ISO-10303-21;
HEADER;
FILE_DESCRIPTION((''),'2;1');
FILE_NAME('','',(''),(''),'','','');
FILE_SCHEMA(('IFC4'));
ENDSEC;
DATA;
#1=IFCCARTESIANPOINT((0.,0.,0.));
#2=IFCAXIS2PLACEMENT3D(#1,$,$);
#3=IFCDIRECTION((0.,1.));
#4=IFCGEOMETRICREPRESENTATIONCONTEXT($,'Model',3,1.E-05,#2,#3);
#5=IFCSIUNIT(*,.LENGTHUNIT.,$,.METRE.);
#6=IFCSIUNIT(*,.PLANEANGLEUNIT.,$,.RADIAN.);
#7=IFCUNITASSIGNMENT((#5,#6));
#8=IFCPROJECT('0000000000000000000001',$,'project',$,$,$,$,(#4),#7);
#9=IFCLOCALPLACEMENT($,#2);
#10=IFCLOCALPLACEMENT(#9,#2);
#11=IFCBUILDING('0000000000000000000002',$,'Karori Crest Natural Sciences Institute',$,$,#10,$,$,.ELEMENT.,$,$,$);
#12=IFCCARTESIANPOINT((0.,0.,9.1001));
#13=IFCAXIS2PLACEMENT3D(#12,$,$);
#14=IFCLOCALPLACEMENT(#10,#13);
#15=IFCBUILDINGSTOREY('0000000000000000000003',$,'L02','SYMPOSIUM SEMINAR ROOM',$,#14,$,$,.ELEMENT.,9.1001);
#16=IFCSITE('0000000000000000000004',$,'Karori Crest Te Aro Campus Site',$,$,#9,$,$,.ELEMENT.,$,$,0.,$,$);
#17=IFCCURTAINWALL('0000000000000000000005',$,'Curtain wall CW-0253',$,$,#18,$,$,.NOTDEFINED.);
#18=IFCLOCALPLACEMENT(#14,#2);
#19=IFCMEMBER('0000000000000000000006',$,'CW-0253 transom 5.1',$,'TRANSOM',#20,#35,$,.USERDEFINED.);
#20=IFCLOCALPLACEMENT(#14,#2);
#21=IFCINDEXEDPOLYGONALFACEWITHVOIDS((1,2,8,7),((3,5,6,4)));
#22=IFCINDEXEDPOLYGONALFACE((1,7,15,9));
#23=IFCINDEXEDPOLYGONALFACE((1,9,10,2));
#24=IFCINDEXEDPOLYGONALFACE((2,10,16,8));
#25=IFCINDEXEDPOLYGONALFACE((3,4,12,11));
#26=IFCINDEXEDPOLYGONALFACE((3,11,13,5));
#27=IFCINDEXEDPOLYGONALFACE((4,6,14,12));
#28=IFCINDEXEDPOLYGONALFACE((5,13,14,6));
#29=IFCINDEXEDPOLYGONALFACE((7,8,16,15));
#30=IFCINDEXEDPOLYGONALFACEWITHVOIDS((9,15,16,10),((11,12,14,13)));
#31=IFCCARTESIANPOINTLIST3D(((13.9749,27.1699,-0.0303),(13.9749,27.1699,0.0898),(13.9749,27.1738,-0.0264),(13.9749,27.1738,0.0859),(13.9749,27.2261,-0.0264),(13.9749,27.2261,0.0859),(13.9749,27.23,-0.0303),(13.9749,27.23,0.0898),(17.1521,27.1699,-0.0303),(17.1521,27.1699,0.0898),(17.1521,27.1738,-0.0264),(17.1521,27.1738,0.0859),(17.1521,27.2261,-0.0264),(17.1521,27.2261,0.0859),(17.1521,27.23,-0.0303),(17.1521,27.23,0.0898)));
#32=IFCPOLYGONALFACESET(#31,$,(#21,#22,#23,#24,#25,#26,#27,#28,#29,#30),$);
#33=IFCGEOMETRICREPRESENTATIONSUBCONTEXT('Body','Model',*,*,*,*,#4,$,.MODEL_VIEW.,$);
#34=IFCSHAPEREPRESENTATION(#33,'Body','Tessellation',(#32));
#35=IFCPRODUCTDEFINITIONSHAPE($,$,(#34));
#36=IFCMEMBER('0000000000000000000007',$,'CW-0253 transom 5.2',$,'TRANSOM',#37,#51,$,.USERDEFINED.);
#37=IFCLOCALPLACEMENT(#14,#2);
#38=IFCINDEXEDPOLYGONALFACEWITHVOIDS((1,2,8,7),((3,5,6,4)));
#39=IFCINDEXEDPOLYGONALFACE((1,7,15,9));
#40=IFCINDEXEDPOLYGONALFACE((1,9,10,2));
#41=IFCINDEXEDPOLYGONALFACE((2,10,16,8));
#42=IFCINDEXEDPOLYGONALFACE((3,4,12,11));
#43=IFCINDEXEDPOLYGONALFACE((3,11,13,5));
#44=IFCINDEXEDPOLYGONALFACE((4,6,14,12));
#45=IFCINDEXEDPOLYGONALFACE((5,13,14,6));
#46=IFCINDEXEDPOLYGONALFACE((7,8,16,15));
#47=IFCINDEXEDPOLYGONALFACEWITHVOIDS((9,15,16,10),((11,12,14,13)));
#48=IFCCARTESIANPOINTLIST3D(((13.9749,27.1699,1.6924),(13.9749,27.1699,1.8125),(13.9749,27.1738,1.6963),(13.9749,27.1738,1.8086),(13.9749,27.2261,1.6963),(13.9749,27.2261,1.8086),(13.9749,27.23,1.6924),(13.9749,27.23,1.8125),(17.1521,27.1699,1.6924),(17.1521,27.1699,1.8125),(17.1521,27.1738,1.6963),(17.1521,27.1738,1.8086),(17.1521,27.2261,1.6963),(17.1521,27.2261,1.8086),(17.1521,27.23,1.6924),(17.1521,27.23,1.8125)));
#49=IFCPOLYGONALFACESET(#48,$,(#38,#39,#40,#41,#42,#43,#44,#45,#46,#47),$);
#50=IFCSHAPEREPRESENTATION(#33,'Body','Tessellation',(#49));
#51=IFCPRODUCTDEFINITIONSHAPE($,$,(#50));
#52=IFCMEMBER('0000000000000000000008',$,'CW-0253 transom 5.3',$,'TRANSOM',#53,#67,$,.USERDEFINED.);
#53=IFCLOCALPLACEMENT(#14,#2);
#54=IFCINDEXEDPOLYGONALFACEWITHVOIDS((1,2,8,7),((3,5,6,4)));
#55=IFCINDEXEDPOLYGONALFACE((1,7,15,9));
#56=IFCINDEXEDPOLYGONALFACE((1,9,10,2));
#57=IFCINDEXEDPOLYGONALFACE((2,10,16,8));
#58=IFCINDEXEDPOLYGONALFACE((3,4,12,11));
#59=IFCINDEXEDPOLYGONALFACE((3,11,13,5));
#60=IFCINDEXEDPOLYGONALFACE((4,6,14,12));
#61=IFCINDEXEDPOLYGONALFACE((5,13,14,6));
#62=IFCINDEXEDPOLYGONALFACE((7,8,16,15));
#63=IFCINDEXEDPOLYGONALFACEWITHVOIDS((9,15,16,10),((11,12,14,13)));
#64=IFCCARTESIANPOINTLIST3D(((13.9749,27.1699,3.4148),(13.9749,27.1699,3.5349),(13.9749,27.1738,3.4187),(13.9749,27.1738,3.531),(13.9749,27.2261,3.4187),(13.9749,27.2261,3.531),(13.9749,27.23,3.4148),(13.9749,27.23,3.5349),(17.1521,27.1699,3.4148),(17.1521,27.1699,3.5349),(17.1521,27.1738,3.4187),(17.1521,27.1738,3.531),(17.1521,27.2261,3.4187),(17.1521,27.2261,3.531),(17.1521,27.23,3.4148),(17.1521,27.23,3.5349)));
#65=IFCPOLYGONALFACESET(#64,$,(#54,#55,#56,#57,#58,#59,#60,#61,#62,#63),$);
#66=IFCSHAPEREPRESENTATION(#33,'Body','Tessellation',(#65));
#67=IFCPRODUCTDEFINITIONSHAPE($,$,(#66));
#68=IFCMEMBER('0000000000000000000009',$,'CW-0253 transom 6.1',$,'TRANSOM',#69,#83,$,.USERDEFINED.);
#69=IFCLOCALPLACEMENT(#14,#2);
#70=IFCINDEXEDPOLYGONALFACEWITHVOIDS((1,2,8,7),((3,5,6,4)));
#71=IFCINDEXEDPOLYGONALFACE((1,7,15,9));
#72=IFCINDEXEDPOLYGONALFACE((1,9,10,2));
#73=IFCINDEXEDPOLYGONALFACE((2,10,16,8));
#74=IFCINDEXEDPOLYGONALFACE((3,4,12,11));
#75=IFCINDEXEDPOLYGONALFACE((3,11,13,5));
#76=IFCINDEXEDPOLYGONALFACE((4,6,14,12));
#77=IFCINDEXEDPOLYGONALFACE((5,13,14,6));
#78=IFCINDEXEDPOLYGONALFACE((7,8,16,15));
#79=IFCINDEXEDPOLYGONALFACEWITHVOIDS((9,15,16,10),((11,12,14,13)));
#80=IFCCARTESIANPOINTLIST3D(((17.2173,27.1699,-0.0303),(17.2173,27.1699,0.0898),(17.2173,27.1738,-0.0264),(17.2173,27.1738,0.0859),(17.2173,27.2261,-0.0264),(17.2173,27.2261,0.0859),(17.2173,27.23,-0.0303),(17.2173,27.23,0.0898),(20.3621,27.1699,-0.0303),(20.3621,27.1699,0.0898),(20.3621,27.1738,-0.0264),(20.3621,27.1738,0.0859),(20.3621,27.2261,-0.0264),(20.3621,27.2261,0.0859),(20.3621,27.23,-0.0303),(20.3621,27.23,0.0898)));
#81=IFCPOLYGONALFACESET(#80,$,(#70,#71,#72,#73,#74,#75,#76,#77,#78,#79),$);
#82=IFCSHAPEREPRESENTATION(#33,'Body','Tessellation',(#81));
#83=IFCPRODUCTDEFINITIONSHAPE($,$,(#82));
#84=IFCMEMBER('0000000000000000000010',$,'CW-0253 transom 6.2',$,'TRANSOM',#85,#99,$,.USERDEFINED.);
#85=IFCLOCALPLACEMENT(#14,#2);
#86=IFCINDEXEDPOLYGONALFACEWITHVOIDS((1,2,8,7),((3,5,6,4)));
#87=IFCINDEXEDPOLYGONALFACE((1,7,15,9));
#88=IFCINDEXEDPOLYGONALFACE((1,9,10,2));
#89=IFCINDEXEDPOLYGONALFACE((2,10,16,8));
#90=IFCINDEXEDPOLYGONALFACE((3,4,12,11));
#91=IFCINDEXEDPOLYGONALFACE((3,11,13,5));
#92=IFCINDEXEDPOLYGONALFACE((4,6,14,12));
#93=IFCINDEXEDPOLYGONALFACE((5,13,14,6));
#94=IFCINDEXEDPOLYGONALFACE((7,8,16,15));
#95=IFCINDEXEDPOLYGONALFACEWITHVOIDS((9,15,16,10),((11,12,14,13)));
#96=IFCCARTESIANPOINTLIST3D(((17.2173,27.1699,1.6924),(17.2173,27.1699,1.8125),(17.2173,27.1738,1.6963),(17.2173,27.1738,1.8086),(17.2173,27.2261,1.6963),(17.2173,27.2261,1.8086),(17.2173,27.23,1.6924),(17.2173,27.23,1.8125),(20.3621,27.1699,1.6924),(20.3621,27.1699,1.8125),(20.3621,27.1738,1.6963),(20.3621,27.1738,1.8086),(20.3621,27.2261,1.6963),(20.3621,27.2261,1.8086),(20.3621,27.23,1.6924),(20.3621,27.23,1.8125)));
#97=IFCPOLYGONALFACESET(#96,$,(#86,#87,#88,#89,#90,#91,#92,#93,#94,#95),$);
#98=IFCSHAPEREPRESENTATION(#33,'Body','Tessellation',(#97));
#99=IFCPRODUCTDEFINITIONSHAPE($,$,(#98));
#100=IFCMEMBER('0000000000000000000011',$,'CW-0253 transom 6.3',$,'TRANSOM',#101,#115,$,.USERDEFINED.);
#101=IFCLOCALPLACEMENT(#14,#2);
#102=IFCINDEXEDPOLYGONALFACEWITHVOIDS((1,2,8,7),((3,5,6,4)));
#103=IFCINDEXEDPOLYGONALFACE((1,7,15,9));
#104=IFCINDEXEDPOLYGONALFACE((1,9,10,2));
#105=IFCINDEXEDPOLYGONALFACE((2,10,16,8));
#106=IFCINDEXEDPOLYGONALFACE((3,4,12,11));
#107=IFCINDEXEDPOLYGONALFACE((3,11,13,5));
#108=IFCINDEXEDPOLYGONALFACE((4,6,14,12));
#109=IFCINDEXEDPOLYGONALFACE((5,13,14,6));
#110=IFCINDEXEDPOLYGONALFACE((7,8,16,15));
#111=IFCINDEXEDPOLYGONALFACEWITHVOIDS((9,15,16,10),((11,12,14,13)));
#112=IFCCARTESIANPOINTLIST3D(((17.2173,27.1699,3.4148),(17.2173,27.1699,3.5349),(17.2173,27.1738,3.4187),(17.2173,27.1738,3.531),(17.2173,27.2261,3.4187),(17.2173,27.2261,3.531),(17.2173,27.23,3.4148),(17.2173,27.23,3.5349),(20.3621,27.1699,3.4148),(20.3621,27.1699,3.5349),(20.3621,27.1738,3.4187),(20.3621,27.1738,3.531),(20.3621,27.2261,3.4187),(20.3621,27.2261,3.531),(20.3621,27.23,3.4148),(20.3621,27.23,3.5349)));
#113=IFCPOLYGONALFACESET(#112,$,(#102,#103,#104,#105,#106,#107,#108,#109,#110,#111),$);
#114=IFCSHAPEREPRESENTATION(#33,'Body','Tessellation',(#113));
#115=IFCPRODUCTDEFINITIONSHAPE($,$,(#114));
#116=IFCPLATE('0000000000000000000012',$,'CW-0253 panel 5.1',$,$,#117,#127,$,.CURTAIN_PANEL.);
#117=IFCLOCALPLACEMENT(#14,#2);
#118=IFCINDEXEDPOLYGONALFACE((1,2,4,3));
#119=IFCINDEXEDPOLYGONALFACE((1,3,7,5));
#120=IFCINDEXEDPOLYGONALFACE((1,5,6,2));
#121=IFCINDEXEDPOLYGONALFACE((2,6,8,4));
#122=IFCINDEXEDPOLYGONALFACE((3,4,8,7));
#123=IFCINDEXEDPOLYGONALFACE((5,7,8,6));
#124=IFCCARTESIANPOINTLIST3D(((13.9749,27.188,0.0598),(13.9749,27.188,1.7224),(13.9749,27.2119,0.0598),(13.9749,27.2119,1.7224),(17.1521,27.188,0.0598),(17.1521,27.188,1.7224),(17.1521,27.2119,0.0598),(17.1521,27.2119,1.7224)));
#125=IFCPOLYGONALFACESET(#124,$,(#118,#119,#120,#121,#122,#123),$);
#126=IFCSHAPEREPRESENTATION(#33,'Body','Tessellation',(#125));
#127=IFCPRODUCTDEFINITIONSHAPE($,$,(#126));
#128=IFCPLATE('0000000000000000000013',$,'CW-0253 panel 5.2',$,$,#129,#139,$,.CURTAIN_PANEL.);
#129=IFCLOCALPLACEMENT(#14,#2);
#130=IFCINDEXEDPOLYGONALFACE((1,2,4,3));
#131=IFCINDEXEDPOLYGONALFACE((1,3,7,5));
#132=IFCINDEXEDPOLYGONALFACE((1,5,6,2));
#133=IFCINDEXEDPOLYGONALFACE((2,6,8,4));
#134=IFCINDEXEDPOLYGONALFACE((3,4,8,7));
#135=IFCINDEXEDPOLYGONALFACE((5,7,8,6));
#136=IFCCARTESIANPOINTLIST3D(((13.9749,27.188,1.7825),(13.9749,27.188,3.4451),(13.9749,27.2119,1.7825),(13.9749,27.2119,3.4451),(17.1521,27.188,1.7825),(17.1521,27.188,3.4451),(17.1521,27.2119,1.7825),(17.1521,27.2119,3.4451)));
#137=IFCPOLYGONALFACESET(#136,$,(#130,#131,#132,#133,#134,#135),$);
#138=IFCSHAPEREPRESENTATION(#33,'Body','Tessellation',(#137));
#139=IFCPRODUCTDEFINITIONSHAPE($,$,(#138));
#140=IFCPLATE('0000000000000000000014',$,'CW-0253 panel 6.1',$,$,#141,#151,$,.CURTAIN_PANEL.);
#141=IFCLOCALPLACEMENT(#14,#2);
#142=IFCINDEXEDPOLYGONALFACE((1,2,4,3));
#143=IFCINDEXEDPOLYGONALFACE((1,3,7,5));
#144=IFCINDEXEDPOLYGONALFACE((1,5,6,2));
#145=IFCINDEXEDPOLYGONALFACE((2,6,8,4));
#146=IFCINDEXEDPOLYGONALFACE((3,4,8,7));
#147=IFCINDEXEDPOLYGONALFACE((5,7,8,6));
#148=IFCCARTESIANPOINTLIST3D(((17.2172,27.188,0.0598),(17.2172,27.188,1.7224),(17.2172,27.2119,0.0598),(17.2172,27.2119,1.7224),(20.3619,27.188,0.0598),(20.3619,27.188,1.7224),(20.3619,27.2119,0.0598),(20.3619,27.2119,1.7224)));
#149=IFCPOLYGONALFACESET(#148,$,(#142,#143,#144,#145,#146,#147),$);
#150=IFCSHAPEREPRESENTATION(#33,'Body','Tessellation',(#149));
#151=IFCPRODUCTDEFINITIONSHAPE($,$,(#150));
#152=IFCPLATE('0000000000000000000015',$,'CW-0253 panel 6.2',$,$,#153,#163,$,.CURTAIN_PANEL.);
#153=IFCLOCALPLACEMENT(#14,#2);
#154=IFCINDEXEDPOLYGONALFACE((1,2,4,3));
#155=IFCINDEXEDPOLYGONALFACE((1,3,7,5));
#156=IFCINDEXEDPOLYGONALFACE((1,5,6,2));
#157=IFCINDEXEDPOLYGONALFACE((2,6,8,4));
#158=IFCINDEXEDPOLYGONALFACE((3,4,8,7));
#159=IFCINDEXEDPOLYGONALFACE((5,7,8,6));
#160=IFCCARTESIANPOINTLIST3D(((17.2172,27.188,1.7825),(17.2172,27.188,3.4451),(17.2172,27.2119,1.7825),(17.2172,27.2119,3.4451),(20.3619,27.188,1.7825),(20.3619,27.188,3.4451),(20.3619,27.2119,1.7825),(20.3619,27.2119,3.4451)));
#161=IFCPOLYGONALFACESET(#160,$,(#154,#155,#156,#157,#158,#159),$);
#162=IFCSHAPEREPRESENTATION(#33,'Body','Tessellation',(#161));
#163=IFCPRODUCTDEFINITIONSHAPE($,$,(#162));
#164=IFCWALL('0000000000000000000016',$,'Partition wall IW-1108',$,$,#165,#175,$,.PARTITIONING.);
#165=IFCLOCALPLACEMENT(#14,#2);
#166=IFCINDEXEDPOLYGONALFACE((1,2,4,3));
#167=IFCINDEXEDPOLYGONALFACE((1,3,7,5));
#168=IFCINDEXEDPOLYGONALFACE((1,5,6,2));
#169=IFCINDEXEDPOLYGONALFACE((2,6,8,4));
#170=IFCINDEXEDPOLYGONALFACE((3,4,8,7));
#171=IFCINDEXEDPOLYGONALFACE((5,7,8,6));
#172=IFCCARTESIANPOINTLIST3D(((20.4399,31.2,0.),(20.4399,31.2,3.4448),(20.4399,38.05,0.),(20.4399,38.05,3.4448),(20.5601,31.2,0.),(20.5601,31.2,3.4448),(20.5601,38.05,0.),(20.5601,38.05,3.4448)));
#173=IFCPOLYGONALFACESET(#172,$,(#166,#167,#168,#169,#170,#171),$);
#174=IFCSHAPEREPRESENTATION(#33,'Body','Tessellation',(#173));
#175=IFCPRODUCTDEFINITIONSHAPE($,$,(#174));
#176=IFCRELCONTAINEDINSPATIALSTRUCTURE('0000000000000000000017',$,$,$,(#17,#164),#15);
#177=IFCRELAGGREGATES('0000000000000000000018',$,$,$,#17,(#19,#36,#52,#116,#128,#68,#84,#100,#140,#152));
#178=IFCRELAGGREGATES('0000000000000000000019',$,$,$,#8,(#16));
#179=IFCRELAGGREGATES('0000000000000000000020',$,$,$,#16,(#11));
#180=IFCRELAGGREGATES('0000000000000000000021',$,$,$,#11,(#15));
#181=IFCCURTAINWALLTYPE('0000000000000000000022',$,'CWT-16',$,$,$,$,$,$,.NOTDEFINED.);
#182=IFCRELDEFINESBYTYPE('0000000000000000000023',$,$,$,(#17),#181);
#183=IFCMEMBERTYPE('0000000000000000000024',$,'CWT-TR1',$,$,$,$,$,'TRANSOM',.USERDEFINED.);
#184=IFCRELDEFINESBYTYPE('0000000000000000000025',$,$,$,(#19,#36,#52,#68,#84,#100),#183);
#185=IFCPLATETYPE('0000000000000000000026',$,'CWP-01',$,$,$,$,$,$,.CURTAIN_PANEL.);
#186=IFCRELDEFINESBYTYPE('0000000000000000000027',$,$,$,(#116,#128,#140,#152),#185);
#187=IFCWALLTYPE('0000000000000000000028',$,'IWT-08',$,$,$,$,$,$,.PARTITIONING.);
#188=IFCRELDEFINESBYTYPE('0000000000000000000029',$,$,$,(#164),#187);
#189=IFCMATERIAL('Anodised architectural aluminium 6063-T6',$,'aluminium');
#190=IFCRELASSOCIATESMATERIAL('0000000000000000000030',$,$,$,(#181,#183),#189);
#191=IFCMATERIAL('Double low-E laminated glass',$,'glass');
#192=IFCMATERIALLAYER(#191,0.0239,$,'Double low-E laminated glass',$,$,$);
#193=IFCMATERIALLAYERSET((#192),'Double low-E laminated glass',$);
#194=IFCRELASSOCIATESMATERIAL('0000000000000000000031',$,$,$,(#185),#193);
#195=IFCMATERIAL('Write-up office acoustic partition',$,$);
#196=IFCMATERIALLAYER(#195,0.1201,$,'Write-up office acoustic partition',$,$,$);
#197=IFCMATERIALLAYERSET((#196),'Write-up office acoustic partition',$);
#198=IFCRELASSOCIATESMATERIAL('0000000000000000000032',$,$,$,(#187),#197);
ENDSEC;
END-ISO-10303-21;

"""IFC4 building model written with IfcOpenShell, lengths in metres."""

from ifc_helpers import new_model, si_unit, direction, frame, frame_2d, origin, origin_2d, place, context, subcontext, project, spatial, rectangle, hollow_rectangle, extrude, material, layer, layer_set, material_profile, profile_set, type_object, element, aggregate, save


model = new_model("IFC4")

# Units and contexts
model_context = context("Model", 3, precision=1e-05, world=origin(), true_north=direction((0.0, 1.0)))
body_context = subcontext(model_context, "Body", "Model", "MODEL_VIEW")
ifc_project = project(units=[si_unit("LENGTHUNIT", "METRE"), si_unit("PLANEANGLEUNIT", "RADIAN")], contexts=[model_context])

# Site, building, storey
site_placement = place(None, origin())
site = spatial("IfcSite", under=ifc_project, at=site_placement, Name="Karori Crest Te Aro Campus Site", CompositionType="ELEMENT", RefElevation=0.0)
building_placement = place(site_placement, origin())
building = spatial("IfcBuilding", under=site, at=building_placement, Name="Karori Crest Natural Sciences Institute", CompositionType="ELEMENT")
storey_placement = place(building_placement, frame((0.0, 0.0, 9.1001)))
storey = spatial("IfcBuildingStorey", under=building, at=storey_placement, Name="L02", Description="SYMPOSIUM SEMINAR ROOM", CompositionType="ELEMENT", Elevation=9.1001)

# Curtain wall, members, plates
ifc_material_1 = material(Name="Anodised architectural aluminium 6063-T6", Category="aluminium")
curtain_wall_type = type_object("IfcCurtainWallType", Name="CWT-16", PredefinedType="NOTDEFINED", material=ifc_material_1)
curtain_wall_placement = place(storey_placement, origin())
curtain_wall = element("IfcCurtainWall", 1, at=curtain_wall_placement, inside=storey, type_object=curtain_wall_type, Name="Curtain wall CW-0253", PredefinedType="NOTDEFINED")
ifc_material_profile_1 = material_profile(ifc_material_1, hollow_rectangle(XDim=0.0601, YDim=0.1201, WallThickness=0.0039, at=origin_2d()), Name="CWT120x60x4")
ifc_profile_set_1 = profile_set([ifc_material_profile_1], Name="Anodised architectural aluminium 6063-T6")
member_type_1 = type_object("IfcMemberType", Name="CWT-TR1", ElementType="TRANSOM", PredefinedType="USERDEFINED", material=ifc_profile_set_1)
member_1_placement = place(storey_placement, frame((13.9749, 27.2, 0.0298), z_axis=(1.0, 0.0, 0.0), x_axis=(0.0, 1.0, 0.0)))
member_1 = element("IfcMember", 2, at=member_1_placement, type_object=member_type_1, Name="CW-0253 transom 5.1", ObjectType="TRANSOM", PredefinedType="USERDEFINED", context=body_context, shape_type="SweptSolid", body=[
    extrude(hollow_rectangle(XDim=0.0601, YDim=0.1201, WallThickness=0.0039, at=origin_2d()), origin(), (0.0, 0.0, 1.0), 3.1772),
])
member_2_placement = place(storey_placement, frame((13.9749, 27.2, 1.7524), z_axis=(1.0, 0.0, 0.0), x_axis=(0.0, 1.0, 0.0)))
member_2 = element("IfcMember", 3, at=member_2_placement, type_object=member_type_1, Name="CW-0253 transom 5.2", ObjectType="TRANSOM", PredefinedType="USERDEFINED", context=body_context, shape_type="SweptSolid", body=[
    extrude(hollow_rectangle(XDim=0.0601, YDim=0.1201, WallThickness=0.0039, at=origin_2d()), origin(), (0.0, 0.0, 1.0), 3.1772),
])
member_3_placement = place(storey_placement, frame((13.9749, 27.2, 3.4749), z_axis=(1.0, 0.0, 0.0), x_axis=(0.0, 1.0, 0.0)))
member_3 = element("IfcMember", 4, at=member_3_placement, type_object=member_type_1, Name="CW-0253 transom 5.3", ObjectType="TRANSOM", PredefinedType="USERDEFINED", context=body_context, shape_type="SweptSolid", body=[
    extrude(hollow_rectangle(XDim=0.0601, YDim=0.1201, WallThickness=0.0039, at=origin_2d()), origin(), (0.0, 0.0, 1.0), 3.1772),
])
member_4_placement = place(storey_placement, frame((17.2173, 27.2, 0.0298), z_axis=(1.0, 0.0, 0.0), x_axis=(0.0, 1.0, 0.0)))
member_4 = element("IfcMember", 5, at=member_4_placement, type_object=member_type_1, Name="CW-0253 transom 6.1", ObjectType="TRANSOM", PredefinedType="USERDEFINED", context=body_context, shape_type="SweptSolid", body=[
    extrude(hollow_rectangle(XDim=0.0601, YDim=0.1201, WallThickness=0.0039, at=origin_2d()), origin(), (0.0, 0.0, 1.0), 3.1448),
])
member_5_placement = place(storey_placement, frame((17.2173, 27.2, 1.7524), z_axis=(1.0, 0.0, 0.0), x_axis=(0.0, 1.0, 0.0)))
member_5 = element("IfcMember", 6, at=member_5_placement, type_object=member_type_1, Name="CW-0253 transom 6.2", ObjectType="TRANSOM", PredefinedType="USERDEFINED", context=body_context, shape_type="SweptSolid", body=[
    extrude(hollow_rectangle(XDim=0.0601, YDim=0.1201, WallThickness=0.0039, at=origin_2d()), origin(), (0.0, 0.0, 1.0), 3.1448),
])
member_6_placement = place(storey_placement, frame((17.2173, 27.2, 3.4749), z_axis=(1.0, 0.0, 0.0), x_axis=(0.0, 1.0, 0.0)))
member_6 = element("IfcMember", 7, at=member_6_placement, type_object=member_type_1, Name="CW-0253 transom 6.3", ObjectType="TRANSOM", PredefinedType="USERDEFINED", context=body_context, shape_type="SweptSolid", body=[
    extrude(hollow_rectangle(XDim=0.0601, YDim=0.1201, WallThickness=0.0039, at=origin_2d()), origin(), (0.0, 0.0, 1.0), 3.1448),
])
ifc_material_2 = material(Name="Double low-E laminated glass", Category="glass")
ifc_layer_1 = layer(ifc_material_2, 0.0239, Name="Double low-E laminated glass")
ifc_layer_set_1 = layer_set([ifc_layer_1], Name="Double low-E laminated glass")
plate_type = type_object("IfcPlateType", Name="CWP-01", PredefinedType="CURTAIN_PANEL", material=ifc_layer_set_1)
plate_1_placement = place(storey_placement, frame((15.5635, 27.2, 0.0598), z_axis=(0.0, 0.0, 1.0), x_axis=(1.0, 0.0, 0.0)))
plate_1 = element("IfcPlate", 8, at=plate_1_placement, type_object=plate_type, Name="CW-0253 panel 5.1", PredefinedType="CURTAIN_PANEL", context=body_context, shape_type="SweptSolid", body=[
    extrude(rectangle(XDim=3.1772, YDim=0.0239, at=origin_2d()), origin(), (0.0, 0.0, 1.0), 1.6626),
])
plate_2_placement = place(storey_placement, frame((15.5635, 27.2, 1.7825), z_axis=(0.0, 0.0, 1.0), x_axis=(1.0, 0.0, 0.0)))
plate_2 = element("IfcPlate", 9, at=plate_2_placement, type_object=plate_type, Name="CW-0253 panel 5.2", PredefinedType="CURTAIN_PANEL", context=body_context, shape_type="SweptSolid", body=[
    extrude(rectangle(XDim=3.1772, YDim=0.0239, at=origin_2d()), origin(), (0.0, 0.0, 1.0), 1.6626),
])
plate_3_placement = place(storey_placement, frame((18.7896, 27.2, 0.0598), z_axis=(0.0, 0.0, 1.0), x_axis=(1.0, 0.0, 0.0)))
plate_3 = element("IfcPlate", 10, at=plate_3_placement, type_object=plate_type, Name="CW-0253 panel 6.1", PredefinedType="CURTAIN_PANEL", context=body_context, shape_type="SweptSolid", body=[
    extrude(rectangle(XDim=3.1448, YDim=0.0239, at=origin_2d()), origin(), (0.0, 0.0, 1.0), 1.6626),
])
plate_4_placement = place(storey_placement, frame((18.7896, 27.2, 1.7825), z_axis=(0.0, 0.0, 1.0), x_axis=(1.0, 0.0, 0.0)))
plate_4 = element("IfcPlate", 11, at=plate_4_placement, type_object=plate_type, Name="CW-0253 panel 6.2", PredefinedType="CURTAIN_PANEL", context=body_context, shape_type="SweptSolid", body=[
    extrude(rectangle(XDim=3.1448, YDim=0.0239, at=origin_2d()), origin(), (0.0, 0.0, 1.0), 1.6626),
])
aggregate(curtain_wall, [member_1, member_2, member_3, plate_1, plate_2, member_4, member_5, member_6, plate_3, plate_4])

# Wall
ifc_material_3 = material(Name="Write-up office acoustic partition")
ifc_layer_2 = layer(ifc_material_3, 0.1201, Name="Write-up office acoustic partition")
ifc_layer_set_2 = layer_set([ifc_layer_2], Name="Write-up office acoustic partition")
wall_type_1 = type_object("IfcWallType", Name="IWT-08", PredefinedType="PARTITIONING", material=ifc_layer_set_2)
wall_1_placement = place(storey_placement, frame((20.5, 31.2, 0.0), z_axis=(0.0, 0.0, 1.0), x_axis=(0.0, 1.0, 0.0)))
element("IfcWall", 12, at=wall_1_placement, inside=storey, type_object=wall_type_1, Name="Partition wall IW-1108", PredefinedType="PARTITIONING", context=body_context, shape_type="SweptSolid", body=[
    extrude(rectangle(XDim=6.8501, YDim=0.1201, at=frame_2d((3.425, 0.0))), origin(), (0.0, 0.0, 1.0), 3.4448),
])

save(model, "model.ifc")
